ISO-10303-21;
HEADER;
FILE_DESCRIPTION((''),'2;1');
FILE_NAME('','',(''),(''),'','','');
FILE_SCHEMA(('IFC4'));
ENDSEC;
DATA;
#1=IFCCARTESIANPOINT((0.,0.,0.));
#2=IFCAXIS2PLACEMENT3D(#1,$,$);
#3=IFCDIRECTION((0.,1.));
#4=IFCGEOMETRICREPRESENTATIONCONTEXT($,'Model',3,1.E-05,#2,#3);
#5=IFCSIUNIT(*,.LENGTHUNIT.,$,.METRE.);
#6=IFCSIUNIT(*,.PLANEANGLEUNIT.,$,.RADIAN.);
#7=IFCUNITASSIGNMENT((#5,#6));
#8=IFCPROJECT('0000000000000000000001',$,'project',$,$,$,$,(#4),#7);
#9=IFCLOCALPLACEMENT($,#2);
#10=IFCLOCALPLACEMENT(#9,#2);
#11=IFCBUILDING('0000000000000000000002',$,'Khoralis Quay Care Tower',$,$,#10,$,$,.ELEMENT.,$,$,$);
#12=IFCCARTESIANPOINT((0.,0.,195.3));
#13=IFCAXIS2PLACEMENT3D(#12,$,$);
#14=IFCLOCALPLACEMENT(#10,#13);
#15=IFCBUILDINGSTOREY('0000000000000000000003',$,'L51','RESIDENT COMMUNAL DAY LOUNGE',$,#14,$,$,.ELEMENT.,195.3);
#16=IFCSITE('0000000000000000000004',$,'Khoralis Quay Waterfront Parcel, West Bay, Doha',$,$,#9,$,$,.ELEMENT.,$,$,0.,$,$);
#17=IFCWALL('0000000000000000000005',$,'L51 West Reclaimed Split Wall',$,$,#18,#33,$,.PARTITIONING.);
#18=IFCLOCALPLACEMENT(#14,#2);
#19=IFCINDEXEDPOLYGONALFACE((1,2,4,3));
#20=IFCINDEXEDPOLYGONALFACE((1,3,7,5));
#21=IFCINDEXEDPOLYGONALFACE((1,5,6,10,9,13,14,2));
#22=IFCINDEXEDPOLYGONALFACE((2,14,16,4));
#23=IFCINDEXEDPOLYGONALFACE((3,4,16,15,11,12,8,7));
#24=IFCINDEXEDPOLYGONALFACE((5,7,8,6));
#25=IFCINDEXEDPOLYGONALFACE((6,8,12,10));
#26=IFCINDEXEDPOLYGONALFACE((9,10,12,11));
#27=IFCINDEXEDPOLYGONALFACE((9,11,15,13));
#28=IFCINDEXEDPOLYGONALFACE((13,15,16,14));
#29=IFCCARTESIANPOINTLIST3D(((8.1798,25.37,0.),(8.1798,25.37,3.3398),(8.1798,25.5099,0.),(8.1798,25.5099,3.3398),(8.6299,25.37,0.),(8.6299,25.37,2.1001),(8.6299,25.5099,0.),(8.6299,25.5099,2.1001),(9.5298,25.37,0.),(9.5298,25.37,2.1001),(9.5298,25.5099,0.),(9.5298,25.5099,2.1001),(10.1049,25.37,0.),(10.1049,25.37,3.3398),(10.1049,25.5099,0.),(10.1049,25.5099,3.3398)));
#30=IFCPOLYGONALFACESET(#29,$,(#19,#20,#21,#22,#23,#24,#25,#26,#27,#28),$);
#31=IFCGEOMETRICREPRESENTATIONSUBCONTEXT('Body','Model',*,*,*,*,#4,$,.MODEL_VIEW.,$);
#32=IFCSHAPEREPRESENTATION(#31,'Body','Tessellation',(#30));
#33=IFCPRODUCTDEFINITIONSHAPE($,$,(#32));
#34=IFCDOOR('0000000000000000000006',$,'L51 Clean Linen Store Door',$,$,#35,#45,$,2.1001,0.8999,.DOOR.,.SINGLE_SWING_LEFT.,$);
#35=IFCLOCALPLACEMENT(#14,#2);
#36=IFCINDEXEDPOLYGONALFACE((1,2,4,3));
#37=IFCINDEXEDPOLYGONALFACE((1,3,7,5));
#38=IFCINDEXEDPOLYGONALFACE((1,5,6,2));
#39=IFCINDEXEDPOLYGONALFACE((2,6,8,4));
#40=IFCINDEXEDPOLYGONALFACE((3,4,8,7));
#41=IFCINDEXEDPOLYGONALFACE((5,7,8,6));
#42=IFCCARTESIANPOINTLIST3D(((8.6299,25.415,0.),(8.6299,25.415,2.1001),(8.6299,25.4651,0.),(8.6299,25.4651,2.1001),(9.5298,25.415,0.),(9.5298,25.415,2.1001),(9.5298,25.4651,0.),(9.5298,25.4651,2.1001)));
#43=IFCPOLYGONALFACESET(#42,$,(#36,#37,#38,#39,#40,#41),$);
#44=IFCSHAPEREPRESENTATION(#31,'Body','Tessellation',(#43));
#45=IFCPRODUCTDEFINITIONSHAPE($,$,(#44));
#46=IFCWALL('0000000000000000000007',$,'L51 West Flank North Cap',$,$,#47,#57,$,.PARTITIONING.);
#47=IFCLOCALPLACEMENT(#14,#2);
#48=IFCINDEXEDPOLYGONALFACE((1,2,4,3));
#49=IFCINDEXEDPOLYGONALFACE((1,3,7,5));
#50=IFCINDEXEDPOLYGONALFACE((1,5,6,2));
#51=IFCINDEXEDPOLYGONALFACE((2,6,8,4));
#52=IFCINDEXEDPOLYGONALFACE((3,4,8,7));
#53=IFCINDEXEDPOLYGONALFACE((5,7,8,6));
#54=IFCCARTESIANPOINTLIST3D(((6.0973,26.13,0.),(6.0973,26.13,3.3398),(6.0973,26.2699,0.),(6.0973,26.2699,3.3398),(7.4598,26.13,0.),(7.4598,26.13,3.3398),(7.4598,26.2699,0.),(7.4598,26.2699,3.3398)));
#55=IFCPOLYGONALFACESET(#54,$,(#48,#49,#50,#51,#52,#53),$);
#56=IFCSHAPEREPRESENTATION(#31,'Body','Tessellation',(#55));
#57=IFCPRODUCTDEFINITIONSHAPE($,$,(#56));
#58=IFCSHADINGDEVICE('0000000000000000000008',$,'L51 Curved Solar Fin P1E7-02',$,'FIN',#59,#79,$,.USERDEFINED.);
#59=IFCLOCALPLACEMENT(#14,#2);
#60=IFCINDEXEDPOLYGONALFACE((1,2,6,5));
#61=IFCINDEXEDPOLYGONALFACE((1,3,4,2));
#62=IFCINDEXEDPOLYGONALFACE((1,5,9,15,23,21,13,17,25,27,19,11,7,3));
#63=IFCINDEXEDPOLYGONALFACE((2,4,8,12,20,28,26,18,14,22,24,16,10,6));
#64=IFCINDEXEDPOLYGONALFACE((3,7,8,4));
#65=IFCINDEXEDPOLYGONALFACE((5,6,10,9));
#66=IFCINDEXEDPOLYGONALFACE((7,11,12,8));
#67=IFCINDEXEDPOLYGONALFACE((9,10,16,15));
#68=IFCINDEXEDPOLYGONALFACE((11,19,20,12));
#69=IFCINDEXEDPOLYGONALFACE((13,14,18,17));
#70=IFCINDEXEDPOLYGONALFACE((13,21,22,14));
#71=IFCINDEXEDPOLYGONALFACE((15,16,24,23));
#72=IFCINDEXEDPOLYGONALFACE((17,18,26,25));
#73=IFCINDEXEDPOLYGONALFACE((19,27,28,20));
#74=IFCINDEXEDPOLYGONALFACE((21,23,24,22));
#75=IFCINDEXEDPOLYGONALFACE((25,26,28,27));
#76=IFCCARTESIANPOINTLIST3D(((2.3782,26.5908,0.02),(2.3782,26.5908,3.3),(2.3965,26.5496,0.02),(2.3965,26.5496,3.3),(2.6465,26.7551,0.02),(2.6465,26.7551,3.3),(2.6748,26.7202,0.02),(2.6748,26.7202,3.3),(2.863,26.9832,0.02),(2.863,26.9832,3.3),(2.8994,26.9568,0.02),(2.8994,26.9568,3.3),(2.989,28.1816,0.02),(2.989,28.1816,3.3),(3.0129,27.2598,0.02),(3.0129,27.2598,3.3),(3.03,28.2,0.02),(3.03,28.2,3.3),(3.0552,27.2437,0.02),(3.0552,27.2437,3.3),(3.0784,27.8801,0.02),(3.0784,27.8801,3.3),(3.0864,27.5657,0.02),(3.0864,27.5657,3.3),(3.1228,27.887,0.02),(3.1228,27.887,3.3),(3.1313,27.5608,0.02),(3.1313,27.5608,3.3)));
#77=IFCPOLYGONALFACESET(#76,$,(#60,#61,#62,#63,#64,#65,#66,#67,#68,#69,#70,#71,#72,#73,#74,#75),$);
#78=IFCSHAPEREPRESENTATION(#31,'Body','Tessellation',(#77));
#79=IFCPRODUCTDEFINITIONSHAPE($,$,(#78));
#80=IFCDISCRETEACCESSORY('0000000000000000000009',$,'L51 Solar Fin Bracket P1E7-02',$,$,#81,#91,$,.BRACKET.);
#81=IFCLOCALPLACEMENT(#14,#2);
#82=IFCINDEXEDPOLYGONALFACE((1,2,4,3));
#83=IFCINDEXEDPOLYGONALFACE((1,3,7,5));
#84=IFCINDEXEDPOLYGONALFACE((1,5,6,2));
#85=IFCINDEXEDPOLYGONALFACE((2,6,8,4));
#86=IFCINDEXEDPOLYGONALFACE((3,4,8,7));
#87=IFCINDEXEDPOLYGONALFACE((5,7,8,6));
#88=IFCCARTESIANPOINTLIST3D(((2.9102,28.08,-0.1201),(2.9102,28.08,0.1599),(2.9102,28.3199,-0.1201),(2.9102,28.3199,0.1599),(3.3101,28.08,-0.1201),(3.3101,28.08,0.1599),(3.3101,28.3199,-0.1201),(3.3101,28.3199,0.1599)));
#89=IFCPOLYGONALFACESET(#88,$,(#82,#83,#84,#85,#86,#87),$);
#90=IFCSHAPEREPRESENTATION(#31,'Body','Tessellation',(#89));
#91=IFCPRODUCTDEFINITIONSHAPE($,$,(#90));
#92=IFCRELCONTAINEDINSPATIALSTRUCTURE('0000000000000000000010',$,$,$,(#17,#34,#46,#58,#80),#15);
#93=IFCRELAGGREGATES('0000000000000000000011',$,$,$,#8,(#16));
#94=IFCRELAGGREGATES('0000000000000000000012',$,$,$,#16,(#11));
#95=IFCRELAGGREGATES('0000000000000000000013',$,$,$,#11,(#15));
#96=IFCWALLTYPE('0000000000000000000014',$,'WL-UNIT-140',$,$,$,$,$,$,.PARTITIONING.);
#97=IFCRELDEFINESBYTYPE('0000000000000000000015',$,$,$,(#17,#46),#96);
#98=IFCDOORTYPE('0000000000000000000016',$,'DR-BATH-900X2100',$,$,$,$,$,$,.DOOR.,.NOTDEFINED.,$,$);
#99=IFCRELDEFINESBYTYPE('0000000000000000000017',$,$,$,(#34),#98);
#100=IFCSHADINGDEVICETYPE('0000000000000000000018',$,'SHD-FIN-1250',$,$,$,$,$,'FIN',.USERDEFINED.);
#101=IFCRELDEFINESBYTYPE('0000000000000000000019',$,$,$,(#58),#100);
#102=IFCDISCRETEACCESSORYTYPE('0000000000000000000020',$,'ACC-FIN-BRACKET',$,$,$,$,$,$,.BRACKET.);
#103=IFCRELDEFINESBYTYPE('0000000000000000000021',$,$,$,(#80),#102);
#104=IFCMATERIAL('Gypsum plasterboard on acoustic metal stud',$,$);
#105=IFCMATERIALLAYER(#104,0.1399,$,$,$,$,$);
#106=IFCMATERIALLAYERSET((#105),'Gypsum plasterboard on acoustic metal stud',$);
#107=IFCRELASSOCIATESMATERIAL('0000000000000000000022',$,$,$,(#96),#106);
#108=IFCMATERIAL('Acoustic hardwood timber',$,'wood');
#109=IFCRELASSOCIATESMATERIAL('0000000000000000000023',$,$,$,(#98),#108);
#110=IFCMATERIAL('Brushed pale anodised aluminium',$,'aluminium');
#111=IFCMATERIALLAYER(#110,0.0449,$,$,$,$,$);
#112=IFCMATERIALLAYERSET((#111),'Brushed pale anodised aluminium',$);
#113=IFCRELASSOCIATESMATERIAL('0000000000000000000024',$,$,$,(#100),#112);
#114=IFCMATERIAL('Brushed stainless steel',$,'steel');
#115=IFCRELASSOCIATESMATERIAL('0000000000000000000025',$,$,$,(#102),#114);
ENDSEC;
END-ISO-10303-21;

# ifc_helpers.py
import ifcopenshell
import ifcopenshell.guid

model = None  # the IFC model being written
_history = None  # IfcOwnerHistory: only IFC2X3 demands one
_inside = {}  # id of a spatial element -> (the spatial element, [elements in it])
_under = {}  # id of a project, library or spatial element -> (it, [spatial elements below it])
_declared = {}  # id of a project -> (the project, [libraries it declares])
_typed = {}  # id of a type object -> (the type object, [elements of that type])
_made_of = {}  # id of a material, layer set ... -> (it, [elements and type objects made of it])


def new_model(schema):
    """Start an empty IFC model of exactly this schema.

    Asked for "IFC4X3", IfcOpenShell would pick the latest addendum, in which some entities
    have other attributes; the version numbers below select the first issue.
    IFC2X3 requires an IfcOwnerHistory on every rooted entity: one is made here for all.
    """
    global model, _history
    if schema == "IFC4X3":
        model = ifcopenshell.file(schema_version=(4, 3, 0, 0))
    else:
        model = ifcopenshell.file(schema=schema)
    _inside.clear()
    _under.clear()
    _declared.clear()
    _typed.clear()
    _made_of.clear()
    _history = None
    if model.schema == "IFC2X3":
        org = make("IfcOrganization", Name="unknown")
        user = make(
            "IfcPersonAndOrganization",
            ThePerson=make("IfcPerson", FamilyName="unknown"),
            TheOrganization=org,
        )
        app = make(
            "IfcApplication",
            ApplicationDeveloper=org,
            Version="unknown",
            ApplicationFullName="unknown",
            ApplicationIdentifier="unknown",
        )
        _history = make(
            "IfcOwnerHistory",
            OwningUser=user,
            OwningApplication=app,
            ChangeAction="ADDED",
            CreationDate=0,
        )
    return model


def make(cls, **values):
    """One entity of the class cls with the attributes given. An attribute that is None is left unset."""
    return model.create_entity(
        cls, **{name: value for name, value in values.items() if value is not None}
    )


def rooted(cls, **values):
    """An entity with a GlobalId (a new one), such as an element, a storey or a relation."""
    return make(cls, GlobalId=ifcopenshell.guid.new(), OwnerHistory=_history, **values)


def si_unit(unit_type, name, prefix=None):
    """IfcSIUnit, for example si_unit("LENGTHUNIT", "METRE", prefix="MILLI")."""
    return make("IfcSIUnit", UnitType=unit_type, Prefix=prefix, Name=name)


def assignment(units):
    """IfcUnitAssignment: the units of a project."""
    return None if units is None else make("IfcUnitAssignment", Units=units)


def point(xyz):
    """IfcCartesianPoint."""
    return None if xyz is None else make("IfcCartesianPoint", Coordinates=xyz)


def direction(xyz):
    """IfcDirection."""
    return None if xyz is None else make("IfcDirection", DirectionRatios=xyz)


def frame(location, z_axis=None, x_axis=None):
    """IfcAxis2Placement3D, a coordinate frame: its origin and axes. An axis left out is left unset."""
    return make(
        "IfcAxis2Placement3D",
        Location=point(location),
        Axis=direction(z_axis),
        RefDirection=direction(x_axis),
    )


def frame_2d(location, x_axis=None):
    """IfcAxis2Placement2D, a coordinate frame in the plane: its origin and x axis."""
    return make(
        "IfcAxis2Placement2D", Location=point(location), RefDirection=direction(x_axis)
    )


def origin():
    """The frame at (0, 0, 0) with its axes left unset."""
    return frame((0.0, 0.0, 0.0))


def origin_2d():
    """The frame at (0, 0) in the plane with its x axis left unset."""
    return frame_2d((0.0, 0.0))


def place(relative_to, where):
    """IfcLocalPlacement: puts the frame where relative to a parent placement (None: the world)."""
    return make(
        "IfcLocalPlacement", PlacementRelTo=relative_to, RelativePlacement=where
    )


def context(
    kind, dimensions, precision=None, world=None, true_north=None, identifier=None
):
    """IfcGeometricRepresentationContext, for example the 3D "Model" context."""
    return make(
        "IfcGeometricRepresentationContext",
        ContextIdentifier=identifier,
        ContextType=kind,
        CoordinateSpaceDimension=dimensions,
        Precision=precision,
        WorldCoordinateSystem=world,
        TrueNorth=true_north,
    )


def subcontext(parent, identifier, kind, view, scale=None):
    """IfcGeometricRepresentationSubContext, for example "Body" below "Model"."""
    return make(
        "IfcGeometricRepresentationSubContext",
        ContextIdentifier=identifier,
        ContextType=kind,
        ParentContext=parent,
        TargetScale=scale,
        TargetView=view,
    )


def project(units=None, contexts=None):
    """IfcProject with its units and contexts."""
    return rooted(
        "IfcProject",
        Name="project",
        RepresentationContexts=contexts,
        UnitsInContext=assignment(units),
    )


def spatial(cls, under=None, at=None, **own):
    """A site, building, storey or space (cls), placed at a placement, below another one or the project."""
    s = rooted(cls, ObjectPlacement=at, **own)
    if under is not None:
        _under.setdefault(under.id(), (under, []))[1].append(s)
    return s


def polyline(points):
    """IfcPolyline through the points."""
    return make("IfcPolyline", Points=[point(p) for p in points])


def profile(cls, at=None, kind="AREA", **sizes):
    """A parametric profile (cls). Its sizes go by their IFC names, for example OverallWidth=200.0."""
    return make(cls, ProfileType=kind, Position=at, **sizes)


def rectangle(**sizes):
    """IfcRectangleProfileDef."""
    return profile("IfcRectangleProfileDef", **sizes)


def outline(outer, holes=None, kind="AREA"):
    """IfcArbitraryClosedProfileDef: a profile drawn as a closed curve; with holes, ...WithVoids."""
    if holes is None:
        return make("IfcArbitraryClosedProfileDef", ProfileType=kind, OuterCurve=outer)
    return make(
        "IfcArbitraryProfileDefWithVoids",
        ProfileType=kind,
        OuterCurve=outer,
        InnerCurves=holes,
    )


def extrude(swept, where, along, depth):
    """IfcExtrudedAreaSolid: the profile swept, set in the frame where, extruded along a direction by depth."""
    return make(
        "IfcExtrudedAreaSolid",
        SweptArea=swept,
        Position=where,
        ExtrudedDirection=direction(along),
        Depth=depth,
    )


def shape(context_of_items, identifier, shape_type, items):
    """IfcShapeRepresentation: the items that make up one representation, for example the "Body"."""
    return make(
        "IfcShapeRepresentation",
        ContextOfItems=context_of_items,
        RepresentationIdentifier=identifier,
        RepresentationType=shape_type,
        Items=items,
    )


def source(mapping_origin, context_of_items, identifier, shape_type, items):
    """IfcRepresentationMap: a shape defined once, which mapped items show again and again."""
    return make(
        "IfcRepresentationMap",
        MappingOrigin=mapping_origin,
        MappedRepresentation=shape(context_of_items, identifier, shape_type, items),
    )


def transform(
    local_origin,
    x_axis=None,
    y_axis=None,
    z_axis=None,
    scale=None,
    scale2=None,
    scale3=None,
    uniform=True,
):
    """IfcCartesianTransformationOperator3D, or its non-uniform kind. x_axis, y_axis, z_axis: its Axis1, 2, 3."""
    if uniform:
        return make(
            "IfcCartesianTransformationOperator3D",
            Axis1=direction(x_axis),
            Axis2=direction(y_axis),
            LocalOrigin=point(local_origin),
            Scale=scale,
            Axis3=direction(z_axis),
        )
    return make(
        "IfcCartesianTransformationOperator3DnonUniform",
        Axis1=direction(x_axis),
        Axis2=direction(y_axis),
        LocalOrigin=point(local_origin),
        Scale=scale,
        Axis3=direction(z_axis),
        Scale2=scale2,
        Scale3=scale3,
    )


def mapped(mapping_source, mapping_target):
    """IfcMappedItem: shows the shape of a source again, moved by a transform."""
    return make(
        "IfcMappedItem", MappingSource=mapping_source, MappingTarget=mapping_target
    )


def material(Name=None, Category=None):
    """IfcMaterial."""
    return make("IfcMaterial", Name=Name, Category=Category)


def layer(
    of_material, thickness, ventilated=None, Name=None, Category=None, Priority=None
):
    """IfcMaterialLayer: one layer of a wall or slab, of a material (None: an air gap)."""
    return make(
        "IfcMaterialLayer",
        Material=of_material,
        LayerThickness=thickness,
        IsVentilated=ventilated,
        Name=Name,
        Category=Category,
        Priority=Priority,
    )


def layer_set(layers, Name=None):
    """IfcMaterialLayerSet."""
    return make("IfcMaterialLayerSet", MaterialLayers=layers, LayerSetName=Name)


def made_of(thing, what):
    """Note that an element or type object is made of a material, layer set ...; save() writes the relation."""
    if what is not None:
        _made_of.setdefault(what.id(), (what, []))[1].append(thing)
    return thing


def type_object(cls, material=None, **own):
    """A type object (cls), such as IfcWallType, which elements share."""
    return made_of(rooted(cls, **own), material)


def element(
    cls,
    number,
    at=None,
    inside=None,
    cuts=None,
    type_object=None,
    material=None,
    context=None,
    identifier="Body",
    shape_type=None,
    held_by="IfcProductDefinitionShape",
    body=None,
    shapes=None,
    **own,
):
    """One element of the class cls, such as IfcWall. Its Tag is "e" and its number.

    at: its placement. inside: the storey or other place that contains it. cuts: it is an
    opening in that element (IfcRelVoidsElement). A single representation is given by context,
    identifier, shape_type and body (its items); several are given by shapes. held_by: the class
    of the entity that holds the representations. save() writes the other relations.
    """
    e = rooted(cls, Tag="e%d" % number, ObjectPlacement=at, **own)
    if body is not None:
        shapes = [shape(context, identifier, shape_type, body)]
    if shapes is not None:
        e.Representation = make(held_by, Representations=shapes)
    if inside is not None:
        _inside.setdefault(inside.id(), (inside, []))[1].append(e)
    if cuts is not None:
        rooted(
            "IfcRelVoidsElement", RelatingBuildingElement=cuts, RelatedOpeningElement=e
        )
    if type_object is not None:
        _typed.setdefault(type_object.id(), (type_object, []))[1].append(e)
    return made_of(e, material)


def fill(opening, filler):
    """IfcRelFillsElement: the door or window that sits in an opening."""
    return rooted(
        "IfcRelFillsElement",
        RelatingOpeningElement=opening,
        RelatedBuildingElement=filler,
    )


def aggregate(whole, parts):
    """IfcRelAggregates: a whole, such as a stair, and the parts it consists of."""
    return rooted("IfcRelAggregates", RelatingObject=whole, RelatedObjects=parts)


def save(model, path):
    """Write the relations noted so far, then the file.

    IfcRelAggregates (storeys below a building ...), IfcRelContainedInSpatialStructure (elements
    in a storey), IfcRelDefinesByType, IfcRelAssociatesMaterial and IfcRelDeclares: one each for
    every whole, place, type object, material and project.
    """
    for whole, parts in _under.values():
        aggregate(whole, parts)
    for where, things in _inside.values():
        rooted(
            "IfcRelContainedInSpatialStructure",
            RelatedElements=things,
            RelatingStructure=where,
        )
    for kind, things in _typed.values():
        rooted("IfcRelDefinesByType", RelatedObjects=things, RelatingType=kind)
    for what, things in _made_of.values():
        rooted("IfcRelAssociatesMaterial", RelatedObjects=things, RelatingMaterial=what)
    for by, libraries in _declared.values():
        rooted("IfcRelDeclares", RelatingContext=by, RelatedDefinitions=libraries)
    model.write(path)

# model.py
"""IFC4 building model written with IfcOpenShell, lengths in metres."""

from ifc_helpers import new_model, si_unit, direction, frame, frame_2d, origin, origin_2d, place, context, subcontext, project, spatial, polyline, rectangle, outline, extrude, source, transform, mapped, material, layer, layer_set, type_object, element, fill, save


model = new_model("IFC4")

# Units and contexts
model_context = context("Model", 3, precision=1e-05, world=origin(), true_north=direction((0.0, 1.0)))
body_context = subcontext(model_context, "Body", "Model", "MODEL_VIEW")
ifc_project = project(units=[si_unit("LENGTHUNIT", "METRE"), si_unit("PLANEANGLEUNIT", "RADIAN")], contexts=[model_context])

# Site, building, storey
site_placement = place(None, origin())
site = spatial("IfcSite", under=ifc_project, at=site_placement, Name="Khoralis Quay Waterfront Parcel, West Bay, Doha", CompositionType="ELEMENT", RefElevation=0.0)
building_placement = place(site_placement, origin())
building = spatial("IfcBuilding", under=site, at=building_placement, Name="Khoralis Quay Care Tower", CompositionType="ELEMENT")
storey_placement = place(building_placement, frame((0.0, 0.0, 195.3)))
storey = spatial("IfcBuildingStorey", under=building, at=storey_placement, Name="L51", Description="RESIDENT COMMUNAL DAY LOUNGE", CompositionType="ELEMENT", Elevation=195.3)

# Shared definitions
ifc_material_1 = material(Name="Brushed stainless steel", Category="steel")
ifc_material_2 = material(Name="Acoustic hardwood timber", Category="wood")

# Shared definitions
ifc_material_3 = material(Name="Gypsum plasterboard on acoustic metal stud")

# Wall, opening, door
ifc_layer_1 = layer(ifc_material_3, 0.1399)
ifc_layer_set_1 = layer_set([ifc_layer_1], Name="Gypsum plasterboard on acoustic metal stud")
wall_type_1 = type_object("IfcWallType", Name="WL-UNIT-140", PredefinedType="PARTITIONING", material=ifc_layer_set_1)
wall_1_placement = place(storey_placement, frame((8.1799, 25.4399, 0.0), z_axis=(0.0, 0.0, 1.0), x_axis=(1.0, 0.0, 0.0)))
wall_1 = element("IfcWall", 1, at=wall_1_placement, inside=storey, type_object=wall_type_1, Name="L51 West Reclaimed Split Wall", PredefinedType="PARTITIONING", context=body_context, shape_type="SweptSolid", body=[
    extrude(rectangle(XDim=1.925, YDim=0.1399, at=frame_2d((0.9624, 0.0))), origin(), (0.0, 0.0, 1.0), 3.3398),
])
opening_1_placement = place(wall_1_placement, frame((0.45, 0.0, 0.0)))
opening_1 = element("IfcOpeningElement", 2, at=opening_1_placement, cuts=wall_1, PredefinedType="OPENING", context=body_context, shape_type="SweptSolid", body=[
    extrude(rectangle(XDim=0.8999, YDim=2.1001, at=frame_2d((0.45, 1.05))), frame((0.0, 0.0801, 0.0), z_axis=(0.0, -1.0, 0.0), x_axis=(1.0, 0.0, 0.0)), (0.0, 0.0, 1.0), 0.1599),
])
door_type_1 = type_object("IfcDoorType", Name="DR-BATH-900X2100", OperationType="NOTDEFINED", PredefinedType="DOOR", material=ifc_material_2)
shared_shape_1 = source(origin(), body_context, "Body", "SweptSolid", [
    extrude(rectangle(XDim=0.8999, YDim=2.1001, at=frame_2d((0.45, 1.05))), frame((0.0, 0.0249, 0.0), z_axis=(0.0, -1.0, 0.0), x_axis=(1.0, 0.0, 0.0)), (0.0, 0.0, 1.0), 0.05),
])
door_1_placement = place(opening_1_placement, frame((0.8999, 0.0, 0.0), z_axis=(0.0, 0.0, 1.0), x_axis=(-1.0, 0.0, 0.0)))
door_1 = element("IfcDoor", 3, at=door_1_placement, inside=storey, type_object=door_type_1, Name="L51 Clean Linen Store Door", OperationType="SINGLE_SWING_LEFT", OverallHeight=2.1001, OverallWidth=0.8999, PredefinedType="DOOR", context=body_context, shape_type="MappedRepresentation", body=[
    mapped(shared_shape_1, transform((0.0, 0.0, 0.0), scale=1.0)),
])
fill(opening_1, door_1)

# Wall
wall_2_placement = place(storey_placement, frame((6.0974, 26.2, 0.0), z_axis=(0.0, 0.0, 1.0), x_axis=(1.0, 0.0, 0.0)))
element("IfcWall", 4, at=wall_2_placement, inside=storey, type_object=wall_type_1, Name="L51 West Flank North Cap", PredefinedType="PARTITIONING", context=body_context, shape_type="SweptSolid", body=[
    extrude(rectangle(XDim=1.3625, YDim=0.1399, at=frame_2d((0.6812, 0.0))), origin(), (0.0, 0.0, 1.0), 3.3398),
])

# Shading device
ifc_material_4 = material(Name="Brushed pale anodised aluminium", Category="aluminium")
ifc_layer_2 = layer(ifc_material_4, 0.0449)
ifc_layer_set_2 = layer_set([ifc_layer_2], Name="Brushed pale anodised aluminium")
shading_device_type = type_object("IfcShadingDeviceType", Name="SHD-FIN-1250", ElementType="FIN", PredefinedType="USERDEFINED", material=ifc_layer_set_2)
shared_shape_2 = source(origin(), body_context, "Body", "SweptSolid", [
    extrude(outline(polyline([(0.0, 0.0), (-0.0928, 0.313), (-0.1013, 0.6392), (-0.0251, 0.9563), (0.1306, 1.2432), (0.3552, 1.4797), (0.6335, 1.6504), (0.6519, 1.6091), (0.3835, 1.4448), (0.167, 1.2168), (0.0171, 0.9402), (-0.0564, 0.6343), (-0.0483, 0.3198), (0.041, 0.0183), (0.0, 0.0)])), origin(), (0.0, 0.0, 1.0), 3.28),
])
shading_device_placement = place(storey_placement, frame((3.03, 28.2, 0.02), z_axis=(0.0, 0.0, 1.0), x_axis=(-1.0, 0.0, 0.0)))
element("IfcShadingDevice", 5, at=shading_device_placement, inside=storey, type_object=shading_device_type, Name="L51 Curved Solar Fin P1E7-02", ObjectType="FIN", PredefinedType="USERDEFINED", context=body_context, shape_type="MappedRepresentation", body=[
    mapped(shared_shape_2, transform((0.0, 0.0, 0.0), scale=1.0)),
])

# Discrete accessory
discrete_accessory_type = type_object("IfcDiscreteAccessoryType", Name="ACC-FIN-BRACKET", PredefinedType="BRACKET", material=ifc_material_1)
shared_shape_3 = source(origin(), body_context, "Body", "SweptSolid", [
    extrude(rectangle(XDim=0.3999, YDim=0.24, at=origin_2d()), origin(), (0.0, 0.0, 1.0), 0.28),
])
discrete_accessory_placement = place(storey_placement, frame((3.1101, 28.2, -0.1201), z_axis=(0.0, 0.0, 1.0), x_axis=(-1.0, 0.0, 0.0)))
element("IfcDiscreteAccessory", 6, at=discrete_accessory_placement, inside=storey, type_object=discrete_accessory_type, Name="L51 Solar Fin Bracket P1E7-02", PredefinedType="BRACKET", context=body_context, shape_type="MappedRepresentation", body=[
    mapped(shared_shape_3, transform((0.0, 0.0, 0.0), scale=1.0)),
])

save(model, "model.ifc")
